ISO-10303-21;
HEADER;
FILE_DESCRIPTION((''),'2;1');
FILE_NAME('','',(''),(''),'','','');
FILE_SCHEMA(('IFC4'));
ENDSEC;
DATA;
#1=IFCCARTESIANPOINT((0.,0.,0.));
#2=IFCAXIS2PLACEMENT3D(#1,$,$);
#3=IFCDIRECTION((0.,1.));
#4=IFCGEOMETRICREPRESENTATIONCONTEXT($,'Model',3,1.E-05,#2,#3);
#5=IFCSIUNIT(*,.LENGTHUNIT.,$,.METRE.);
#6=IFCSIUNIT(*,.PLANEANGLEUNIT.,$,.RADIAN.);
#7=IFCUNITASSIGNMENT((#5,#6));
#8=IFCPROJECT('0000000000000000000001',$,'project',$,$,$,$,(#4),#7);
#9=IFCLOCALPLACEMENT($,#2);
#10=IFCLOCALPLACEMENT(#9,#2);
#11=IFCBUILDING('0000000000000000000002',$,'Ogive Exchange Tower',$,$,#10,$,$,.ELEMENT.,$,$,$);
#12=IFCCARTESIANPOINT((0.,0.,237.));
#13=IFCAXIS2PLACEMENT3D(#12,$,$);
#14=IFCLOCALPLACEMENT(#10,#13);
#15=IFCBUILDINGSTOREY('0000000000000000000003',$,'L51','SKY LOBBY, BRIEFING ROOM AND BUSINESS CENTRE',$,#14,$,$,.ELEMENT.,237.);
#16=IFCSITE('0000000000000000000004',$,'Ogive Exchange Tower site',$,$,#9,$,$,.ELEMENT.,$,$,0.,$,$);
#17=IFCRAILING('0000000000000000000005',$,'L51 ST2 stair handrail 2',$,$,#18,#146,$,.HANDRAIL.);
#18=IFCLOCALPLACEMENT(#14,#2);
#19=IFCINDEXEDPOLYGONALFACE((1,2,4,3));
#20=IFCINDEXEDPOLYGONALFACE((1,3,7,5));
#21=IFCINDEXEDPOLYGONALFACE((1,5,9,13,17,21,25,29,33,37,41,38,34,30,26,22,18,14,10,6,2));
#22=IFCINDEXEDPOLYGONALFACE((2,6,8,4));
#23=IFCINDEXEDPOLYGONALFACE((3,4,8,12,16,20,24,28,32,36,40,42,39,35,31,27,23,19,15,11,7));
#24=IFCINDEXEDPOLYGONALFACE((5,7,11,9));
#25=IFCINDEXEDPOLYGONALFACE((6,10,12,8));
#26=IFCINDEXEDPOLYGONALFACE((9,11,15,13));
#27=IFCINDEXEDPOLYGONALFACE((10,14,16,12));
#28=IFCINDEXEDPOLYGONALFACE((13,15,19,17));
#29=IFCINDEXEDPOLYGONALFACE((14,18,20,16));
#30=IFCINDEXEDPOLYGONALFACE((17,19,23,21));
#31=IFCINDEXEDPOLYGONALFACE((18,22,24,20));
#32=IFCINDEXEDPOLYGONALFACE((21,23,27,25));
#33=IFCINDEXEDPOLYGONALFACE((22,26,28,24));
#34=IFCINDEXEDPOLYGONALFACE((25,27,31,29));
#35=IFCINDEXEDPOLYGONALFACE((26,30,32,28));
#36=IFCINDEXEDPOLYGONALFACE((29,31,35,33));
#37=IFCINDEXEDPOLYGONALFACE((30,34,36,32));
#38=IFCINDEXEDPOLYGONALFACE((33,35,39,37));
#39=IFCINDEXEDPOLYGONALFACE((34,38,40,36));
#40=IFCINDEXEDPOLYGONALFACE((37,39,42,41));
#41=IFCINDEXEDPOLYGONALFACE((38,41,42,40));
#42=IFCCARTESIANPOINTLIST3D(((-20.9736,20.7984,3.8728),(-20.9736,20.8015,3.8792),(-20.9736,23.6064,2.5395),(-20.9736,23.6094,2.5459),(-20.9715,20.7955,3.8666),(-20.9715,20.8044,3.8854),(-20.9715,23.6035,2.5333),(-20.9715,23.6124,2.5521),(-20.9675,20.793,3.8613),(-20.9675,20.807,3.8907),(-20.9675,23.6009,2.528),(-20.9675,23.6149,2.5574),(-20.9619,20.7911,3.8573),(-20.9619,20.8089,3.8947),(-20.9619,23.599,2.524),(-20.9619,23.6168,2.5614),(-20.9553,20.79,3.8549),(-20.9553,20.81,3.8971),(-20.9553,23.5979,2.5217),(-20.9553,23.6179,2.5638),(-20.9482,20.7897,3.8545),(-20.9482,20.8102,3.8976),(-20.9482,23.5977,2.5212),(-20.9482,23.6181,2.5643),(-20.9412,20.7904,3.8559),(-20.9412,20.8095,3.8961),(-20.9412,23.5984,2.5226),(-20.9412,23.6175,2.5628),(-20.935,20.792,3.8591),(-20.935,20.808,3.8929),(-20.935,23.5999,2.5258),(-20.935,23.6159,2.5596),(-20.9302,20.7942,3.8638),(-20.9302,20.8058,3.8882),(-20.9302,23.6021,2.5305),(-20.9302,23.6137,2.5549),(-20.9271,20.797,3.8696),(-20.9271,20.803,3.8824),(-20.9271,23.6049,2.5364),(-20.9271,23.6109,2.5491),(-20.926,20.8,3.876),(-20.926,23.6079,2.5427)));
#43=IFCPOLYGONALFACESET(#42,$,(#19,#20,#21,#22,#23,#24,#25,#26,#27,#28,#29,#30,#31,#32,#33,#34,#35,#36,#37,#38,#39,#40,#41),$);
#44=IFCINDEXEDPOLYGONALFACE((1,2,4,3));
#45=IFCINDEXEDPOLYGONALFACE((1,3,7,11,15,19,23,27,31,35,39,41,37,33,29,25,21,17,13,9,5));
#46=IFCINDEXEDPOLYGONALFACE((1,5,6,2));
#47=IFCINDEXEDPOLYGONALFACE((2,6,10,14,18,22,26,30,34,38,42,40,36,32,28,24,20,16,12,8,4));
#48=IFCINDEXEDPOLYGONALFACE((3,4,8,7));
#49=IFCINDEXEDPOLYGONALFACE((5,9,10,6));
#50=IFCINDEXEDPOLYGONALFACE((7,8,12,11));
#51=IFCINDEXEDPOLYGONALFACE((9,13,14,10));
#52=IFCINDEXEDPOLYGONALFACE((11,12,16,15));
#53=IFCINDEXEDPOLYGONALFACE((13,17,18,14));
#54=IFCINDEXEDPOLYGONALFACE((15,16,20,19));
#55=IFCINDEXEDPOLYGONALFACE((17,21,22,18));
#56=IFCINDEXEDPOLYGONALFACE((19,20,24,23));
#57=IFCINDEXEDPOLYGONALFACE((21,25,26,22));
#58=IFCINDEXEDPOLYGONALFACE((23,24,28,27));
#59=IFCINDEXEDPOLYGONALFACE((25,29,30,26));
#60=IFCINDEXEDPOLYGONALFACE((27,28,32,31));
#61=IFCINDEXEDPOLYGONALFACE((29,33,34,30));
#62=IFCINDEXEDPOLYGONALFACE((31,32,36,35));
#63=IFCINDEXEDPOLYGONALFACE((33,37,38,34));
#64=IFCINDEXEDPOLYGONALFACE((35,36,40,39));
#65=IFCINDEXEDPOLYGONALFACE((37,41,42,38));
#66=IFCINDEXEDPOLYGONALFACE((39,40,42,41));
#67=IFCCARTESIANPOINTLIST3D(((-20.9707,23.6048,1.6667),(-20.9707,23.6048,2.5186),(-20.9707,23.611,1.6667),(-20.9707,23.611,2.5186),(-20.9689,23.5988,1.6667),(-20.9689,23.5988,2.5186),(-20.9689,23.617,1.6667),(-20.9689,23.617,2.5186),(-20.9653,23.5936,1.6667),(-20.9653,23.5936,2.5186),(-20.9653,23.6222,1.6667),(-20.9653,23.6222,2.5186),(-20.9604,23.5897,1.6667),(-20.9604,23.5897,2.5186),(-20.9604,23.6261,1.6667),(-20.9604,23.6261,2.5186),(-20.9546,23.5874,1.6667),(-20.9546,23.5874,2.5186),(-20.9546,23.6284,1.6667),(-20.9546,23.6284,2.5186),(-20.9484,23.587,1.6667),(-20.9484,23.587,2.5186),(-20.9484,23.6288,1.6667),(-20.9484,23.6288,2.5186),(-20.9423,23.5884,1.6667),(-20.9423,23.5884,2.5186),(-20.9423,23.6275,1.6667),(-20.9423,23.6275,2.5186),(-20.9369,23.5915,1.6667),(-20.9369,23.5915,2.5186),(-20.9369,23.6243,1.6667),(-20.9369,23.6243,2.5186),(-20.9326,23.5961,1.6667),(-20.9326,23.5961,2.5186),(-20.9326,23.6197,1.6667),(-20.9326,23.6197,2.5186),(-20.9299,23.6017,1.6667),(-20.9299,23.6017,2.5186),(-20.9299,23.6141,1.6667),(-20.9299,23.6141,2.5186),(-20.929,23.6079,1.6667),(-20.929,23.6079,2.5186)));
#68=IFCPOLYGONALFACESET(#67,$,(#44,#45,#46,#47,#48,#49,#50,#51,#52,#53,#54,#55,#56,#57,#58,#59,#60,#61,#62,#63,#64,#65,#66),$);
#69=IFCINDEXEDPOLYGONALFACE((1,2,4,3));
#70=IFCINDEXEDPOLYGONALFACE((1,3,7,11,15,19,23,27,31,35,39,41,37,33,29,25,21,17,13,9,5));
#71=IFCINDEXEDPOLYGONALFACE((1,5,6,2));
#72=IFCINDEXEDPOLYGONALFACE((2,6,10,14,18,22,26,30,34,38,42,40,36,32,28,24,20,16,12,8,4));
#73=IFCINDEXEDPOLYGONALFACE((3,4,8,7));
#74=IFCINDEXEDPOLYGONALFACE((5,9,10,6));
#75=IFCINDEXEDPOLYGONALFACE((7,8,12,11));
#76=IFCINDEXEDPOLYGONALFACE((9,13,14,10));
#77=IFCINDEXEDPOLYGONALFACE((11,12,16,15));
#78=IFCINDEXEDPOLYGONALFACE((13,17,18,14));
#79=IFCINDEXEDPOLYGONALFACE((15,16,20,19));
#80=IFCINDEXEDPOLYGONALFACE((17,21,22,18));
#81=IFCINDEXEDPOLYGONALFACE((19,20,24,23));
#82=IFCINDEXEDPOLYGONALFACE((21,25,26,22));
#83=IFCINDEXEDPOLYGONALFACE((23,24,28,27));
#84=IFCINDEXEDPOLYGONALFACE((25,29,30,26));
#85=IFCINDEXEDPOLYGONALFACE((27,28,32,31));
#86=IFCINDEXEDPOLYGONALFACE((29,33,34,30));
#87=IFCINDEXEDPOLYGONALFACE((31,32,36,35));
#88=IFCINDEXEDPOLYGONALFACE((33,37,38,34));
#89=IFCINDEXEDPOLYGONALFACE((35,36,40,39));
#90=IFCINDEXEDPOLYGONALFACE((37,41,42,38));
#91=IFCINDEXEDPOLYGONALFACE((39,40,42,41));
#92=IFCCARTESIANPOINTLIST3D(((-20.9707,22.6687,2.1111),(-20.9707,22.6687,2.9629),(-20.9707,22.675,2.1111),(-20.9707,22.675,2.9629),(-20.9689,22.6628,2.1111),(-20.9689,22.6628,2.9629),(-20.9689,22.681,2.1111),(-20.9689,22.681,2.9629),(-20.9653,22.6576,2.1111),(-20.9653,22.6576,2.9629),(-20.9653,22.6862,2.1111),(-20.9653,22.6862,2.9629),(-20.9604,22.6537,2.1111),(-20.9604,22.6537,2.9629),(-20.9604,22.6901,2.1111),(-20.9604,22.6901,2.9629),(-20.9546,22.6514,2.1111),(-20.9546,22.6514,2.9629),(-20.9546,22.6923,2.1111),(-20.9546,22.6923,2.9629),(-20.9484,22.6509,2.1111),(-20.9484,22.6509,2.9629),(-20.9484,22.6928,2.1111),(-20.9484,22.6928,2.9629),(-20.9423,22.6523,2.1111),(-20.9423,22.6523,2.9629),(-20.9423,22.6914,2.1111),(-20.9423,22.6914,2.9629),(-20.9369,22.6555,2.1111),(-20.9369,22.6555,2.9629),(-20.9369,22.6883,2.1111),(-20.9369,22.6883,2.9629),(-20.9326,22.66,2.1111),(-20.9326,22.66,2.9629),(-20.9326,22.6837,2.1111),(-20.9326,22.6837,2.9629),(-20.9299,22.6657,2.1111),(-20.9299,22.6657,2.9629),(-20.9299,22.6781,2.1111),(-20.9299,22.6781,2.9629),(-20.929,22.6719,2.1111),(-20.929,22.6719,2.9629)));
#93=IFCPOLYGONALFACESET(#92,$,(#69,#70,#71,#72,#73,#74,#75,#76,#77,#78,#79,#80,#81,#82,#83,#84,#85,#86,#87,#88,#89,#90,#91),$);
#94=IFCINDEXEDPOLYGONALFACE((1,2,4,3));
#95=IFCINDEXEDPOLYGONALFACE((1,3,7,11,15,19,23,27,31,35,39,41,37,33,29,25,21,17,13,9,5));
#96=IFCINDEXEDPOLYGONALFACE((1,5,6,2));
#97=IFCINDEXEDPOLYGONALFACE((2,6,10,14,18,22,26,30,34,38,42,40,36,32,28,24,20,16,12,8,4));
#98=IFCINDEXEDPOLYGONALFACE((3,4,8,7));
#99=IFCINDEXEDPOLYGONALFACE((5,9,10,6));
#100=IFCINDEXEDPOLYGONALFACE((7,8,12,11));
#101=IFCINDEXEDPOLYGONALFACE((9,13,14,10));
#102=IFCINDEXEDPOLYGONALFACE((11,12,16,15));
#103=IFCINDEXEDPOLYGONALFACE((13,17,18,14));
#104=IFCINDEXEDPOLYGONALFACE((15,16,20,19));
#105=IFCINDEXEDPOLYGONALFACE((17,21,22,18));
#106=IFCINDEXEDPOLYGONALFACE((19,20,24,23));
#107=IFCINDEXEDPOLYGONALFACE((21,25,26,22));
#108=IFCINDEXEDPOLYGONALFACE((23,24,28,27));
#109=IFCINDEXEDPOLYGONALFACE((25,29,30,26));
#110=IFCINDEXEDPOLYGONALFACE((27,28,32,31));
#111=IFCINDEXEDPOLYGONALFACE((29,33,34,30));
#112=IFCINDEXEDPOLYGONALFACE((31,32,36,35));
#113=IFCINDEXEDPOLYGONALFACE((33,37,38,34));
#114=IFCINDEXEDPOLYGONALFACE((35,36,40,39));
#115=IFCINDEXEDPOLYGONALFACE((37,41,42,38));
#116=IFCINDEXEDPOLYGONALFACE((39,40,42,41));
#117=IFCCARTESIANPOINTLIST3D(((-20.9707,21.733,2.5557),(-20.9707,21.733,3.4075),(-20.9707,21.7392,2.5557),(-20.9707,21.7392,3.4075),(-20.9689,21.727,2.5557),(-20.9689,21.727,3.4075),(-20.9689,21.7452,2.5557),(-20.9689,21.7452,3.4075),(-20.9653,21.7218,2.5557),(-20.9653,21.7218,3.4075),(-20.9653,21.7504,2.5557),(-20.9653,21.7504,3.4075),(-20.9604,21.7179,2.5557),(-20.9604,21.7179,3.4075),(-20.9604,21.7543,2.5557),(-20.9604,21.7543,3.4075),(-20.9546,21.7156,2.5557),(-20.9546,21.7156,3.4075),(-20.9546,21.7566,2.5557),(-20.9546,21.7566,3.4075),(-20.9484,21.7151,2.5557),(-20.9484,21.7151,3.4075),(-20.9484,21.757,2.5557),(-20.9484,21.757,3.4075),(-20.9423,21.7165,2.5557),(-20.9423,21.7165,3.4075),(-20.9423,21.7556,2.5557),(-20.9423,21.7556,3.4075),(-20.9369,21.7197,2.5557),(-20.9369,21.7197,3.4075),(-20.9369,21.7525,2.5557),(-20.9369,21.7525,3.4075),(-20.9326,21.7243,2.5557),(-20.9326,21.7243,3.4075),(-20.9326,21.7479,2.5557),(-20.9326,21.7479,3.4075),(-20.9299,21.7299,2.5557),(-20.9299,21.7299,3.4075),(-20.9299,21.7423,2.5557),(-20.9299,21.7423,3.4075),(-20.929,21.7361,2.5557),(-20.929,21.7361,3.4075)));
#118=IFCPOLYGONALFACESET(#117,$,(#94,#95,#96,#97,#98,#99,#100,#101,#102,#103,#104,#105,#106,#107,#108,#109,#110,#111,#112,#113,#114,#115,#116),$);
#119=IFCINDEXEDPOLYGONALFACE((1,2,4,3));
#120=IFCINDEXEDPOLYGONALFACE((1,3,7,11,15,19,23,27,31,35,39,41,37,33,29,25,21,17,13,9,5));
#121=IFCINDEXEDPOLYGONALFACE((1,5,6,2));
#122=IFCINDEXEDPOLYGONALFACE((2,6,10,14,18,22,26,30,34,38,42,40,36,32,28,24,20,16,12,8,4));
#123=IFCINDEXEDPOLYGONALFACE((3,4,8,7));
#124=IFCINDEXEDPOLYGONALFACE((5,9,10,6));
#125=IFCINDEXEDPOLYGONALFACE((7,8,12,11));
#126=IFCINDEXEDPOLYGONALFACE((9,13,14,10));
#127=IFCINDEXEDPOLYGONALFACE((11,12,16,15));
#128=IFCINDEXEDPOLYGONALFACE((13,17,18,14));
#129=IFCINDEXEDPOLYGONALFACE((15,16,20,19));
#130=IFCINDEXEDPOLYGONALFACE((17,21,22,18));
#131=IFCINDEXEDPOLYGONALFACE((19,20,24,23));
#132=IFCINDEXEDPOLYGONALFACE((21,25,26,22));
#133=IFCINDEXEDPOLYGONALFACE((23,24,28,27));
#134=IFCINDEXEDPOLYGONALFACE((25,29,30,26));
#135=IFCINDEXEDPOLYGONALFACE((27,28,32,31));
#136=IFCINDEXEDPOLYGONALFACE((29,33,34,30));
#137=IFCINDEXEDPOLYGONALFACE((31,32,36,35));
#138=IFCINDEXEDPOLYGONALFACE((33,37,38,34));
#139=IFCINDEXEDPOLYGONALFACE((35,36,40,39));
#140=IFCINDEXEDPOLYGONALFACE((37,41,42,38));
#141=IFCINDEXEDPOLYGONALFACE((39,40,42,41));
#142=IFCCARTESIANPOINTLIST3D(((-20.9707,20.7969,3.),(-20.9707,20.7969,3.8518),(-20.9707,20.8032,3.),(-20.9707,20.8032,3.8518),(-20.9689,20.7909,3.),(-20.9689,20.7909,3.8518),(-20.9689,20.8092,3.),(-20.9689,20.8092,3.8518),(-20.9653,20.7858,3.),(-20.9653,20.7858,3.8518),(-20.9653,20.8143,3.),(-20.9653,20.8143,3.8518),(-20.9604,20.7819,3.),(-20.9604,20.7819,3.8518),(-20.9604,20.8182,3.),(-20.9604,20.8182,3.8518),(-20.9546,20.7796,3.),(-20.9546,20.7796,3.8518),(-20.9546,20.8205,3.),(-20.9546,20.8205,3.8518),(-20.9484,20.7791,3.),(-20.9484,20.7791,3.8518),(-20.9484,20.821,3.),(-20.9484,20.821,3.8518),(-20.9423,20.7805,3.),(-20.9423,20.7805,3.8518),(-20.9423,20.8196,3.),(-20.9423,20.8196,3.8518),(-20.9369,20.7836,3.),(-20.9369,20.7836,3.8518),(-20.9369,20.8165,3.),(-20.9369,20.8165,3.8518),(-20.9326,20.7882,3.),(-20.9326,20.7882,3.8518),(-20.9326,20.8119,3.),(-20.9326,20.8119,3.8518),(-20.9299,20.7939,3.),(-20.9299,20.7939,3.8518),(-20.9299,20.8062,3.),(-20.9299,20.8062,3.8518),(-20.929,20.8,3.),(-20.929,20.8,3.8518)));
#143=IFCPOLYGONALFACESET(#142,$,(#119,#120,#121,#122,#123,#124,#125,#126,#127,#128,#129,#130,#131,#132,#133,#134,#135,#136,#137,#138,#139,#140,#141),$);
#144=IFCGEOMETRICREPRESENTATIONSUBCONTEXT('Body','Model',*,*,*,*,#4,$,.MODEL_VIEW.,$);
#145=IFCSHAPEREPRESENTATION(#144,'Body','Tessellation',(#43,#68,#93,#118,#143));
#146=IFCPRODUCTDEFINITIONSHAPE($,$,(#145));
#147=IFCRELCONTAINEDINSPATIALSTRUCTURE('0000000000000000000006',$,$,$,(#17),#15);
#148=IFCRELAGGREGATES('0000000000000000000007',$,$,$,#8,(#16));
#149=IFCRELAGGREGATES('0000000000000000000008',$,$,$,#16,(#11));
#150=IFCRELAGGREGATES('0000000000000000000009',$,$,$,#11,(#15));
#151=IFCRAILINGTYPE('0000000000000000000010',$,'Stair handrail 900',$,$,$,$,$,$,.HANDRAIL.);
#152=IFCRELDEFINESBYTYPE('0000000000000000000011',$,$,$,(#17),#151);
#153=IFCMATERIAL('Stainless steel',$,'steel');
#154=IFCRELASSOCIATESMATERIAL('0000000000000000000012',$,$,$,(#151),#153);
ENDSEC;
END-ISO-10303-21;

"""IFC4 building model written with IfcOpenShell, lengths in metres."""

from ifc_helpers import new_model, si_unit, direction, frame, origin, origin_2d, place, context, subcontext, project, spatial, circle, extrude, material, type_object, element, save


model = new_model("IFC4")

# Units and contexts
model_context = context("Model", 3, precision=1e-05, world=origin(), true_north=direction((0.0, 1.0)))
body_context = subcontext(model_context, "Body", "Model", "MODEL_VIEW")
ifc_project = project(units=[si_unit("LENGTHUNIT", "METRE"), si_unit("PLANEANGLEUNIT", "RADIAN")], contexts=[model_context])

# Site, building, storey
site_placement = place(None, origin())
site = spatial("IfcSite", under=ifc_project, at=site_placement, Name="Ogive Exchange Tower site", CompositionType="ELEMENT", RefElevation=0.0)
building_placement = place(site_placement, origin())
building = spatial("IfcBuilding", under=site, at=building_placement, Name="Ogive Exchange Tower", CompositionType="ELEMENT")
storey_placement = place(building_placement, frame((0.0, 0.0, 237.0)))
storey = spatial("IfcBuildingStorey", under=building, at=storey_placement, Name="L51", Description="SKY LOBBY, BRIEFING ROOM AND BUSINESS CENTRE", CompositionType="ELEMENT", Elevation=237.0)

# Railing
ifc_material_1 = material(Name="Stainless steel", Category="steel")
railing_type = type_object("IfcRailingType", Name="Stair handrail 900", PredefinedType="HANDRAIL", material=ifc_material_1)
railing_1_placement = place(storey_placement, frame((-20.95, 23.6079, 1.6667)))
element("IfcRailing", 1, at=railing_1_placement, inside=storey, type_object=railing_type, Name="L51 ST2 stair handrail 2", PredefinedType="HANDRAIL", context=body_context, shape_type="SweptSolid", body=[
    extrude(circle(Radius=0.0239, at=origin_2d()), frame((0.0, 0.0, 0.876), z_axis=(0.0, -0.903338, 0.42893), x_axis=(1.0, 0.0, 0.0)), (0.0, 0.0, 1.0), 3.1084),
    extrude(circle(Radius=0.021, at=origin_2d()), origin(), (0.0, 0.0, 1.0), 0.8518),
    extrude(circle(Radius=0.021, at=origin_2d()), frame((0.0, -0.936, 0.4443)), (0.0, 0.0, 1.0), 0.8518),
    extrude(circle(Radius=0.021, at=origin_2d()), frame((0.0, -1.8718, 0.8889)), (0.0, 0.0, 1.0), 0.8518),
    extrude(circle(Radius=0.021, at=origin_2d()), frame((0.0, -2.8079, 1.3333)), (0.0, 0.0, 1.0), 0.8518),
])

save(model, "model.ifc")
